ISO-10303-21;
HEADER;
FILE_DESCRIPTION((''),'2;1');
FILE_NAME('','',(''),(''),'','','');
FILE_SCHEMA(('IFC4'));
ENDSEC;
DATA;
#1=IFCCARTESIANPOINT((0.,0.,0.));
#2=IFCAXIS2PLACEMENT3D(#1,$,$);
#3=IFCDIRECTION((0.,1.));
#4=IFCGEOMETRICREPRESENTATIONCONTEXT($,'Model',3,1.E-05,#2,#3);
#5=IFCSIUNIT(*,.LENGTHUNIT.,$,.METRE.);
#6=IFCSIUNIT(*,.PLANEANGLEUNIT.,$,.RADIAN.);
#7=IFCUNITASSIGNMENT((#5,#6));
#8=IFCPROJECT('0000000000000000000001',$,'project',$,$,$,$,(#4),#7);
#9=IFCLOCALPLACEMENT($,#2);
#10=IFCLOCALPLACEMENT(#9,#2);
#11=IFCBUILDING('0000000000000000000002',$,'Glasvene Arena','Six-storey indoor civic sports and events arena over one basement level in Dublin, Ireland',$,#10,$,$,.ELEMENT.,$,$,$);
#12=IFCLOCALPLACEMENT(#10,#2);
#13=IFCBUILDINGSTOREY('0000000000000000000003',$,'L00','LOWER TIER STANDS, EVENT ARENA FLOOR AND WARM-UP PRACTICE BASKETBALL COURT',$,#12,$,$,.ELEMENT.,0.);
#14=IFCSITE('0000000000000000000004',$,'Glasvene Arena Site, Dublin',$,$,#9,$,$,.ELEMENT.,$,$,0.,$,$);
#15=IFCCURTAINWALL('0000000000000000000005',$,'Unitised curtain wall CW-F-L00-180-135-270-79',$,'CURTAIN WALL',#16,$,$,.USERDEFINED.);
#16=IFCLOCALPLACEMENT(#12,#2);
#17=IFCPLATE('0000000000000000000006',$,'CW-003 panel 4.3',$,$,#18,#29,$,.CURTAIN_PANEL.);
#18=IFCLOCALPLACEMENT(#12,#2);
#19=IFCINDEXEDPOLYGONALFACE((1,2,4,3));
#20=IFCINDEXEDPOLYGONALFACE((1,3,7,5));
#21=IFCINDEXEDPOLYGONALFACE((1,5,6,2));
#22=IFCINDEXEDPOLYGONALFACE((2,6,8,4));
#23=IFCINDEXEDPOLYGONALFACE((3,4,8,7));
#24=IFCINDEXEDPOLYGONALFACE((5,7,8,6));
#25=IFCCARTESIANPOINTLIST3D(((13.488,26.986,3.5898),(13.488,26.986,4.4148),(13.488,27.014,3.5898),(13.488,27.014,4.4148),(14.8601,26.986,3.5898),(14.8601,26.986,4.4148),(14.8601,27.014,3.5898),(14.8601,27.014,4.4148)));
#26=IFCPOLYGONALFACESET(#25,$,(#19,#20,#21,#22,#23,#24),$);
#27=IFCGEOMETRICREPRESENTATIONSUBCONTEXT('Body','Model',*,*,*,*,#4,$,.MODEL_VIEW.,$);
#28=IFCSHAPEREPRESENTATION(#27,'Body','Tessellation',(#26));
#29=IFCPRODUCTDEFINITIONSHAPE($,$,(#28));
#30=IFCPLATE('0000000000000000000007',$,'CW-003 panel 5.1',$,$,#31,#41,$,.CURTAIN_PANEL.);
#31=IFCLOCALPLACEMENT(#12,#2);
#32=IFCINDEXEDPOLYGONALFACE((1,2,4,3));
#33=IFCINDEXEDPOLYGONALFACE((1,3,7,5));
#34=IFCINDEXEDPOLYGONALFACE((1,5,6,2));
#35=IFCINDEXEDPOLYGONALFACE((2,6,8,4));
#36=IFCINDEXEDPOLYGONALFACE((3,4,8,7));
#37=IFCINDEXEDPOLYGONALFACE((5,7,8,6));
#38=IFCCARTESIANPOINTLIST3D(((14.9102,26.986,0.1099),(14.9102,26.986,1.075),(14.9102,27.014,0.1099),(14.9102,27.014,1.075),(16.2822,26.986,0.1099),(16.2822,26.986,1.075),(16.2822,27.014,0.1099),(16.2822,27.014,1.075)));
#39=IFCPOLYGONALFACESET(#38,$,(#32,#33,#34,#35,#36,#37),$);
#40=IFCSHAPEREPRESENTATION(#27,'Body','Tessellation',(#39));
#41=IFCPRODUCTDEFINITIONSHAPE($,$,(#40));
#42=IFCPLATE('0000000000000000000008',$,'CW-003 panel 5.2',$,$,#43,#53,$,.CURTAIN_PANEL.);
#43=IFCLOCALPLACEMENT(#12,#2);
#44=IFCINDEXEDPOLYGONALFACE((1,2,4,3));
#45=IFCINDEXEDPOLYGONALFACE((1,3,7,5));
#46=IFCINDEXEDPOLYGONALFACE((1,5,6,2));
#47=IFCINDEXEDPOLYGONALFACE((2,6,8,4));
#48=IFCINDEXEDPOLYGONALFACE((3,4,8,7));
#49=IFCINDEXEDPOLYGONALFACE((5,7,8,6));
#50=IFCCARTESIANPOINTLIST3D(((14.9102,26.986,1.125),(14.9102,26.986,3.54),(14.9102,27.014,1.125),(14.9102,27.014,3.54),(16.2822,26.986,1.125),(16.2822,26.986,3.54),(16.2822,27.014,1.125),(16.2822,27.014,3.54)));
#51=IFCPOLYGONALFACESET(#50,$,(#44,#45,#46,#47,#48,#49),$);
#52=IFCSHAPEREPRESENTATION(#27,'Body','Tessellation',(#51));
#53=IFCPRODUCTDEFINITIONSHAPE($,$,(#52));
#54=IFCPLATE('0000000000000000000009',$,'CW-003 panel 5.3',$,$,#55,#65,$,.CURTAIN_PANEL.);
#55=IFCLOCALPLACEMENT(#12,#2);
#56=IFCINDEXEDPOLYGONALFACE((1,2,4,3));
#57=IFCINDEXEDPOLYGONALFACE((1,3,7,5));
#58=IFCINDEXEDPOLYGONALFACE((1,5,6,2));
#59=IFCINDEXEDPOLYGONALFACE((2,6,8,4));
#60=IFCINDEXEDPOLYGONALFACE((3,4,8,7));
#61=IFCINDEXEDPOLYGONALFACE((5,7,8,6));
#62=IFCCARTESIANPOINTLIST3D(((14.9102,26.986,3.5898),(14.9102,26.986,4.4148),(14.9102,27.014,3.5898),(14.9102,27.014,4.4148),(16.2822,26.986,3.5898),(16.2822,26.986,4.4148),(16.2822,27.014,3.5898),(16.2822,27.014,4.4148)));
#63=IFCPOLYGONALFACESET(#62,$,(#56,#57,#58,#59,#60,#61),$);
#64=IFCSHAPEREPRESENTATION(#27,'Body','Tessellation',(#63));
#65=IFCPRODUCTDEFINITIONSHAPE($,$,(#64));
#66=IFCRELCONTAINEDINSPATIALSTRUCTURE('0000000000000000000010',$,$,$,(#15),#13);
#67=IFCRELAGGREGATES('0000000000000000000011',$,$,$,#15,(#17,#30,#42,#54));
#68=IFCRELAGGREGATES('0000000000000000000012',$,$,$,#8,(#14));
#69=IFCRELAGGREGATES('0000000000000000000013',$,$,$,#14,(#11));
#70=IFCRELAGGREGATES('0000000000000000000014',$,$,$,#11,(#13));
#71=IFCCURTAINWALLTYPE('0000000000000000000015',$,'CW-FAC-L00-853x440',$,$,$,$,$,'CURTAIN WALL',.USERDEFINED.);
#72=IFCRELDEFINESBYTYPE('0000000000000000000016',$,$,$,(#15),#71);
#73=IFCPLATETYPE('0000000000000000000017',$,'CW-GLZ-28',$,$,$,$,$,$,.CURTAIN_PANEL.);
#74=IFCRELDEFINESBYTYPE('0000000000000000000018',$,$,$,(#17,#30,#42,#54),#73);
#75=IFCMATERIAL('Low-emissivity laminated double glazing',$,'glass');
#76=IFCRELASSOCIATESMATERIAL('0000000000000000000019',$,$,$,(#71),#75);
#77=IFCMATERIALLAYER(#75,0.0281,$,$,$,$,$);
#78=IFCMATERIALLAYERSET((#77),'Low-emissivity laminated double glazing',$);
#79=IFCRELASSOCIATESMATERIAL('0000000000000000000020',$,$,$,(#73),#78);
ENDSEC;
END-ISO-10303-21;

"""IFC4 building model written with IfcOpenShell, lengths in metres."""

from ifc_helpers import new_model, si_unit, direction, frame, origin, origin_2d, place, context, subcontext, project, spatial, rectangle, extrude, material, layer, layer_set, type_object, element, aggregate, save


model = new_model("IFC4")

# Units and contexts
model_context = context("Model", 3, precision=1e-05, world=origin(), true_north=direction((0.0, 1.0)))
body_context = subcontext(model_context, "Body", "Model", "MODEL_VIEW")
ifc_project = project(units=[si_unit("LENGTHUNIT", "METRE"), si_unit("PLANEANGLEUNIT", "RADIAN")], contexts=[model_context])

# Site, building, storey
site_placement = place(None, origin())
site = spatial("IfcSite", under=ifc_project, at=site_placement, Name="Glasvene Arena Site, Dublin", CompositionType="ELEMENT", RefElevation=0.0)
building_placement = place(site_placement, origin())
building = spatial("IfcBuilding", under=site, at=building_placement, Name="Glasvene Arena", Description="Six-storey indoor civic sports and events arena over one basement level in Dublin, Ireland", CompositionType="ELEMENT")
storey_placement = place(building_placement, origin())
storey = spatial("IfcBuildingStorey", under=building, at=storey_placement, Name="L00", Description="LOWER TIER STANDS, EVENT ARENA FLOOR AND WARM-UP PRACTICE BASKETBALL COURT", CompositionType="ELEMENT", Elevation=0.0)

# Curtain wall, plates
ifc_material_1 = material(Name="Low-emissivity laminated double glazing", Category="glass")
curtain_wall_type = type_object("IfcCurtainWallType", Name="CW-FAC-L00-853x440", ElementType="CURTAIN WALL", PredefinedType="USERDEFINED", material=ifc_material_1)
curtain_wall_placement = place(storey_placement, frame((9.1965, 27.0, 0.0)))
curtain_wall = element("IfcCurtainWall", 1, at=curtain_wall_placement, inside=storey, type_object=curtain_wall_type, Name="Unitised curtain wall CW-F-L00-180-135-270-79", ObjectType="CURTAIN WALL", PredefinedType="USERDEFINED")
ifc_layer = layer(ifc_material_1, 0.0281)
ifc_layer_set = layer_set([ifc_layer], Name="Low-emissivity laminated double glazing")
plate_type = type_object("IfcPlateType", Name="CW-GLZ-28", PredefinedType="CURTAIN_PANEL", material=ifc_layer_set)
plate_1_placement = place(storey_placement, frame((14.1741, 27.0, 3.5898), z_axis=(0.0, 0.0, 1.0), x_axis=(1.0, 0.0, 0.0)))
plate_1 = element("IfcPlate", 2, at=plate_1_placement, type_object=plate_type, Name="CW-003 panel 4.3", PredefinedType="CURTAIN_PANEL", context=body_context, shape_type="SweptSolid", body=[
    extrude(rectangle(XDim=1.3721, YDim=0.0281, at=origin_2d()), origin(), (0.0, 0.0, 1.0), 0.825),
])
plate_2_placement = place(storey_placement, frame((15.5962, 27.0, 0.1099), z_axis=(0.0, 0.0, 1.0), x_axis=(1.0, 0.0, 0.0)))
plate_2 = element("IfcPlate", 3, at=plate_2_placement, type_object=plate_type, Name="CW-003 panel 5.1", PredefinedType="CURTAIN_PANEL", context=body_context, shape_type="SweptSolid", body=[
    extrude(rectangle(XDim=1.3721, YDim=0.0281, at=origin_2d()), origin(), (0.0, 0.0, 1.0), 0.9651),
])
plate_3_placement = place(storey_placement, frame((15.5962, 27.0, 1.125), z_axis=(0.0, 0.0, 1.0), x_axis=(1.0, 0.0, 0.0)))
plate_3 = element("IfcPlate", 4, at=plate_3_placement, type_object=plate_type, Name="CW-003 panel 5.2", PredefinedType="CURTAIN_PANEL", context=body_context, shape_type="SweptSolid", body=[
    extrude(rectangle(XDim=1.3721, YDim=0.0281, at=origin_2d()), origin(), (0.0, 0.0, 1.0), 2.415),
])
plate_4_placement = place(storey_placement, frame((15.5962, 27.0, 3.5898), z_axis=(0.0, 0.0, 1.0), x_axis=(1.0, 0.0, 0.0)))
plate_4 = element("IfcPlate", 5, at=plate_4_placement, type_object=plate_type, Name="CW-003 panel 5.3", PredefinedType="CURTAIN_PANEL", context=body_context, shape_type="SweptSolid", body=[
    extrude(rectangle(XDim=1.3721, YDim=0.0281, at=origin_2d()), origin(), (0.0, 0.0, 1.0), 0.825),
])
aggregate(curtain_wall, [plate_1, plate_2, plate_3, plate_4])

save(model, "model.ifc")
